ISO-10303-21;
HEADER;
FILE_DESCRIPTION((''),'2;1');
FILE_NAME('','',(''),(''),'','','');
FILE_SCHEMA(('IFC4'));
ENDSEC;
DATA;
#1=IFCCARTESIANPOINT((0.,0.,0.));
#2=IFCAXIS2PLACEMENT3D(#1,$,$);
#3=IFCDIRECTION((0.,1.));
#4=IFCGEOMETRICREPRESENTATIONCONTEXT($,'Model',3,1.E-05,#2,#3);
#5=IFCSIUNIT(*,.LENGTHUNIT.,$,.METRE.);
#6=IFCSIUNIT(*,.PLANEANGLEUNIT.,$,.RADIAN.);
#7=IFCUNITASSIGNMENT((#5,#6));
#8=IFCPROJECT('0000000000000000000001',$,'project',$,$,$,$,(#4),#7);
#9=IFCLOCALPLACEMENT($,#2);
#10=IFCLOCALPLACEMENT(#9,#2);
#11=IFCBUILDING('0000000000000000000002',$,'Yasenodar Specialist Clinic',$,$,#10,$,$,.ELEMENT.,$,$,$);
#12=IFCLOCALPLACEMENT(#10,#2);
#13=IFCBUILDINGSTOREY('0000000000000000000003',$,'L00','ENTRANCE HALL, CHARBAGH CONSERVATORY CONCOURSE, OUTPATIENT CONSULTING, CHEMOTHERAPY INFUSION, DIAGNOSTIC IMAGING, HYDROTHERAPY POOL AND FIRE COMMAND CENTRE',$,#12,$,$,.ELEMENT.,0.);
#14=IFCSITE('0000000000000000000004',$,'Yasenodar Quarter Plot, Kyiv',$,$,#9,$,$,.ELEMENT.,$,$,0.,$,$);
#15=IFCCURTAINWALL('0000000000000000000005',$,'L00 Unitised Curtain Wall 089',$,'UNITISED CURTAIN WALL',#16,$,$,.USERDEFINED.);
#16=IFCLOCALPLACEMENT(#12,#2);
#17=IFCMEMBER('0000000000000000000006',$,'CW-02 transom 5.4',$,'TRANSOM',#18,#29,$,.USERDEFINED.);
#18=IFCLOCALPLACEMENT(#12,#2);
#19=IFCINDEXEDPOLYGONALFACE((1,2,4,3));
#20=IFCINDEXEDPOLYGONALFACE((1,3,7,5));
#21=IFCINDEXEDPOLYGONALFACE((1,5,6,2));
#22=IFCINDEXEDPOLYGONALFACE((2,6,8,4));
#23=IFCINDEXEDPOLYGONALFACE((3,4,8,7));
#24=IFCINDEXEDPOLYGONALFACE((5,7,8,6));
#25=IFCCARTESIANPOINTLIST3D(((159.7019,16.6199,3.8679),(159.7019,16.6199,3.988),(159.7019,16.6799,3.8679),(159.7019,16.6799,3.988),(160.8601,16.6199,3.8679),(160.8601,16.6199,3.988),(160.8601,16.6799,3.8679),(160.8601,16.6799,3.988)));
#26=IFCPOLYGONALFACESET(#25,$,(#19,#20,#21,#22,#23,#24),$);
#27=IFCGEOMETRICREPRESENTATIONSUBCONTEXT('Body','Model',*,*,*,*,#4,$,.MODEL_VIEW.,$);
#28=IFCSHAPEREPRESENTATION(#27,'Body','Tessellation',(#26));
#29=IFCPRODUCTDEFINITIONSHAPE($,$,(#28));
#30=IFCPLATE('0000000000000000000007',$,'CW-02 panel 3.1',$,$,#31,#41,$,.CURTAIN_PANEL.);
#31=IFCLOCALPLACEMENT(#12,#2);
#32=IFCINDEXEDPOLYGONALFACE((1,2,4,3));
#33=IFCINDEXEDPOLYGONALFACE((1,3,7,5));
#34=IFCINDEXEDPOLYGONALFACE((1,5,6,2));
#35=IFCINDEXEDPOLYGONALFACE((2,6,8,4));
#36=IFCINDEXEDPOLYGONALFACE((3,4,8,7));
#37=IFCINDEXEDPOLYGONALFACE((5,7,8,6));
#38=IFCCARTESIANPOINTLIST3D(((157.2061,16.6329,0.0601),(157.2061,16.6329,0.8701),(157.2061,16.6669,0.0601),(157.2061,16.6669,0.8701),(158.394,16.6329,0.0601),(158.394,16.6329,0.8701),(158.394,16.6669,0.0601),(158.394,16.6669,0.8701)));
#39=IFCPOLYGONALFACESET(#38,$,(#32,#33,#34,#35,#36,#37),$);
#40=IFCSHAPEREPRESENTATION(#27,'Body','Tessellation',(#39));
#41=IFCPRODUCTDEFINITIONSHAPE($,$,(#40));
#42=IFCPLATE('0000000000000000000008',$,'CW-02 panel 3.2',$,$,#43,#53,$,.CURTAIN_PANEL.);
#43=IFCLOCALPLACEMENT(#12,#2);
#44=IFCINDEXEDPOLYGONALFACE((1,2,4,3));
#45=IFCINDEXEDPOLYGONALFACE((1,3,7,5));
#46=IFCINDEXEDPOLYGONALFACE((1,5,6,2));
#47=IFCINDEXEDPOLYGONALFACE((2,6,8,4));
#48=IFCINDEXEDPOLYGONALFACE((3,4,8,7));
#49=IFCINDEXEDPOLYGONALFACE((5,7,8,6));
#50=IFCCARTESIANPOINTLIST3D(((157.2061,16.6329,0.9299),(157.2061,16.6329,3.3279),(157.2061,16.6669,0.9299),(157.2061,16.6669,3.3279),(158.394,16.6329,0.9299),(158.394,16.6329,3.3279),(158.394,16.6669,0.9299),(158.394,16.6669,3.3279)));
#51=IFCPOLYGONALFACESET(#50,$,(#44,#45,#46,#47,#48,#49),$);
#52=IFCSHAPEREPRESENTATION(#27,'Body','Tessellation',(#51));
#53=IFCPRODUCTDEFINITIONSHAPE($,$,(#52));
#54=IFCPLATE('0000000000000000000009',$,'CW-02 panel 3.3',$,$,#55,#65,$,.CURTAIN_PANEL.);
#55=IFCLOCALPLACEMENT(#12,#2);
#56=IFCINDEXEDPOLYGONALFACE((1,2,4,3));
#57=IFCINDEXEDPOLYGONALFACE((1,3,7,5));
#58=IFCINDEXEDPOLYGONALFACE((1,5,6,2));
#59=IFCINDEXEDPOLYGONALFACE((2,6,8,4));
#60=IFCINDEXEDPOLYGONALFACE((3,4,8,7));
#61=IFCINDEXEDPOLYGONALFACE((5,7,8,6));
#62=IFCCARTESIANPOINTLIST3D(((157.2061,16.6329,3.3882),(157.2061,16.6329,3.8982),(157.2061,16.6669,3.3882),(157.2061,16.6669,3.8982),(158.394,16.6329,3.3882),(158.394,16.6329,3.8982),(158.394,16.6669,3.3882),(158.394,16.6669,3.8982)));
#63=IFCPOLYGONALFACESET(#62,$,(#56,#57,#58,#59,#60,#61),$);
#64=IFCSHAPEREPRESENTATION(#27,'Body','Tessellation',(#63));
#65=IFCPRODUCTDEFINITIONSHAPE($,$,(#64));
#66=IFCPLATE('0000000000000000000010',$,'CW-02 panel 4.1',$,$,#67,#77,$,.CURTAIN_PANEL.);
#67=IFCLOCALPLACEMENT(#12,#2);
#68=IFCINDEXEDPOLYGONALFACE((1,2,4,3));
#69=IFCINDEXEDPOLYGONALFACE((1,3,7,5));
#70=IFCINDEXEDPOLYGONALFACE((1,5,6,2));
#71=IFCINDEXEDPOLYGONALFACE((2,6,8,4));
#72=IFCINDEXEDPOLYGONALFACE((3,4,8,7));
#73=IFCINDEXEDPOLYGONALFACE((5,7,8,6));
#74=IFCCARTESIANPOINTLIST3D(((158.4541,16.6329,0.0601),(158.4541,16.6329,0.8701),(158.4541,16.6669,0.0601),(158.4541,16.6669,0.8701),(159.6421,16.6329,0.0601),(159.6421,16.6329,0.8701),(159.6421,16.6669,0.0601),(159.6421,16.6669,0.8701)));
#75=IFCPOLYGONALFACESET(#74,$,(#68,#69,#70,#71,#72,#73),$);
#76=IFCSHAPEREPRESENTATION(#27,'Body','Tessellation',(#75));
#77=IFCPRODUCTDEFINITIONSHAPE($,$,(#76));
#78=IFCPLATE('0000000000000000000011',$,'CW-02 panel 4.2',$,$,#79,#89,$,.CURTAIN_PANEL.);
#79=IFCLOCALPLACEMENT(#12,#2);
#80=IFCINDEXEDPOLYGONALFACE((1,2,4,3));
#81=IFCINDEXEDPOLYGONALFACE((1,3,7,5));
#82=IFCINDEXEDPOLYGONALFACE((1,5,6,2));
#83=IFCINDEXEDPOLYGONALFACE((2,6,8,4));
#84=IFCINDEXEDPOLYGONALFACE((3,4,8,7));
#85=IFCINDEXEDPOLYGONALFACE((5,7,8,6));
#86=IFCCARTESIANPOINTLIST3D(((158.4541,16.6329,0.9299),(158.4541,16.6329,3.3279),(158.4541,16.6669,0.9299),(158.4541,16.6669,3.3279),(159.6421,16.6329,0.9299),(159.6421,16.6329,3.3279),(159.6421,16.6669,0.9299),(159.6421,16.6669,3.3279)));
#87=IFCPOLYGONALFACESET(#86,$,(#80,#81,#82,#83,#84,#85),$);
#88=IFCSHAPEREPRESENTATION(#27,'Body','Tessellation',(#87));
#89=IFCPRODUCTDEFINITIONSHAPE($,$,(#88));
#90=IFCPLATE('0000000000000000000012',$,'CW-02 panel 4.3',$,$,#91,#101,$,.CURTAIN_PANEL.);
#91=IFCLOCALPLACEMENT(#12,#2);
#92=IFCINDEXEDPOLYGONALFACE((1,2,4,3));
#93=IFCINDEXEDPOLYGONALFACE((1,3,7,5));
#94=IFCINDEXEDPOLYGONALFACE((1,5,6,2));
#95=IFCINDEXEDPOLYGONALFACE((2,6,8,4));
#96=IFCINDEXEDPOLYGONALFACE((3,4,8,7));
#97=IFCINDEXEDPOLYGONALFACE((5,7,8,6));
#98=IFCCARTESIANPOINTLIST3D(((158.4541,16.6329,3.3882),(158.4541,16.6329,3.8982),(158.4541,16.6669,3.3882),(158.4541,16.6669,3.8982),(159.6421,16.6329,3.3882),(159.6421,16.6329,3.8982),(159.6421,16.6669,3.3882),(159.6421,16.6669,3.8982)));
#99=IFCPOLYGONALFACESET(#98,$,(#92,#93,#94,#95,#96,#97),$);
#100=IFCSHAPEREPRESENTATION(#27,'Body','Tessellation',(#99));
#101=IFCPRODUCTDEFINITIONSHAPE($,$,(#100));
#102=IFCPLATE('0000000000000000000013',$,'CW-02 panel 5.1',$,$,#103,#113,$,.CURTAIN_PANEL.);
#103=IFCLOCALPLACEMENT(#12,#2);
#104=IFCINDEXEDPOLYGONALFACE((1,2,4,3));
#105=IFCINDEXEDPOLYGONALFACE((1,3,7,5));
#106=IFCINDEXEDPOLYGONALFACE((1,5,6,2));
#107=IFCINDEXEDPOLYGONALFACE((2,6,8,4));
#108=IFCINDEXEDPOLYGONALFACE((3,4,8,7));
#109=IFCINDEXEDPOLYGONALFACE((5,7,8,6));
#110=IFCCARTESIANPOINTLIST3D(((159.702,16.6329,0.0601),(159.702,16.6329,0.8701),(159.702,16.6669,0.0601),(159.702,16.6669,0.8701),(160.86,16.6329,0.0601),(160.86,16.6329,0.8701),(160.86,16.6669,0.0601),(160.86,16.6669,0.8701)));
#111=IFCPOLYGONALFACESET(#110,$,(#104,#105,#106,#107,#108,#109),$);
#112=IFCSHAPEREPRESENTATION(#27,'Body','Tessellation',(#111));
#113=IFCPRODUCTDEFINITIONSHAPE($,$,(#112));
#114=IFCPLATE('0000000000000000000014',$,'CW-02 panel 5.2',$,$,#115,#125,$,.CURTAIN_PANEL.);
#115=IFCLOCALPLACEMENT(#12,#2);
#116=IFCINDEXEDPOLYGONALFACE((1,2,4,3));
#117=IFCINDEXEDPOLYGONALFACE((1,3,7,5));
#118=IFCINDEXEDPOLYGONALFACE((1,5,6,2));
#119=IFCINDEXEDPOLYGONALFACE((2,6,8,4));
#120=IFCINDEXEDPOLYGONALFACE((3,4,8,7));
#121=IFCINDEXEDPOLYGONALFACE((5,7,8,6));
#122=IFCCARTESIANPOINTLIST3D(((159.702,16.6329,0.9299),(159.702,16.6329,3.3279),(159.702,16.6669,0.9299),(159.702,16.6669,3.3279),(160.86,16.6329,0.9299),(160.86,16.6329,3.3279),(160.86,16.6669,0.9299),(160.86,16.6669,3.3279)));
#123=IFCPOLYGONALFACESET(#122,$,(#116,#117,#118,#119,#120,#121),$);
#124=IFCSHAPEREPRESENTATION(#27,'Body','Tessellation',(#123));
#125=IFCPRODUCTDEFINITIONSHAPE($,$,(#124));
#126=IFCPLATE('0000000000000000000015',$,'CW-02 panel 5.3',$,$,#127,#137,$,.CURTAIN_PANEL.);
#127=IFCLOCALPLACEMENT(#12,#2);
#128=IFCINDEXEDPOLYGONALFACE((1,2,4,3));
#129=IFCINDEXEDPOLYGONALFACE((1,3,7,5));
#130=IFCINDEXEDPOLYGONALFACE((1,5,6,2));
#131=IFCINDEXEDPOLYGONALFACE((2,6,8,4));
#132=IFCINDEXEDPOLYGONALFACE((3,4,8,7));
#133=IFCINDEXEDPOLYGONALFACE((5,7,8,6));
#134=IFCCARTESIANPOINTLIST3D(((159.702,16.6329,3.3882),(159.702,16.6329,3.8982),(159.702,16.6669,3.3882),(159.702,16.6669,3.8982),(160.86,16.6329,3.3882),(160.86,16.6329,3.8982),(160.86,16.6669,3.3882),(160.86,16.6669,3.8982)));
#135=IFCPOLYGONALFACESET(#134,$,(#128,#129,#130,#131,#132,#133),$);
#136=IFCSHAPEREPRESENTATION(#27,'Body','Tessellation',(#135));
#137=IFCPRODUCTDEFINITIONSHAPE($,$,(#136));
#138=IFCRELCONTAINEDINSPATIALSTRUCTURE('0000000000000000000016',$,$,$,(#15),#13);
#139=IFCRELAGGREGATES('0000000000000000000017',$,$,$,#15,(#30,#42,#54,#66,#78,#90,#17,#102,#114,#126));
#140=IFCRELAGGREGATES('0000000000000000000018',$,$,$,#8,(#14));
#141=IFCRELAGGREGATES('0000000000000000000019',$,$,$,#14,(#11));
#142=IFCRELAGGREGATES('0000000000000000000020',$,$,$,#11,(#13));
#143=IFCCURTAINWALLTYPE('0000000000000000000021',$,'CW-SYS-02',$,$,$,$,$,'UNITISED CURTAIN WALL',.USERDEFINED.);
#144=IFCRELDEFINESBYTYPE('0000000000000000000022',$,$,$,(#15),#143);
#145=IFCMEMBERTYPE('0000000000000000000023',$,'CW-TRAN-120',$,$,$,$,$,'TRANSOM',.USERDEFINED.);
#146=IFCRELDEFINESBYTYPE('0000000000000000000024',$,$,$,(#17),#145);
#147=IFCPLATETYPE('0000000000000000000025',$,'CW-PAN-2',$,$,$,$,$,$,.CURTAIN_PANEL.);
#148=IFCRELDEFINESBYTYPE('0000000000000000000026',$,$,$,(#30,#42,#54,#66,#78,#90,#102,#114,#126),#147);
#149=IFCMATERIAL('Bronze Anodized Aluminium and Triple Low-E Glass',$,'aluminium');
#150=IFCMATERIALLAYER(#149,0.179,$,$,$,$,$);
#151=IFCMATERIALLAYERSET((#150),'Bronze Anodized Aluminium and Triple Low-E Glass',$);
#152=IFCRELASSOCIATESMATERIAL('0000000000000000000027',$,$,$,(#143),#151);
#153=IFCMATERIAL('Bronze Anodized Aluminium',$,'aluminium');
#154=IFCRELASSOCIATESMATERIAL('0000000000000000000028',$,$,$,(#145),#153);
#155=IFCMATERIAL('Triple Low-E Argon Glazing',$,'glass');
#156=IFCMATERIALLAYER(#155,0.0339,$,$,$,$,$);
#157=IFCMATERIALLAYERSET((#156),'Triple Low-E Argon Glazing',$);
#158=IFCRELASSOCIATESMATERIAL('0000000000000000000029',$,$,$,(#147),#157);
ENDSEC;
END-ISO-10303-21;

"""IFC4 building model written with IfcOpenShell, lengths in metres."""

from ifc_helpers import new_model, si_unit, direction, frame, origin, origin_2d, place, context, subcontext, project, spatial, rectangle, extrude, material, layer, layer_set, material_profile, profile_set, type_object, element, aggregate, save


model = new_model("IFC4")

# Units and contexts
model_context = context("Model", 3, precision=1e-05, world=origin(), true_north=direction((0.0, 1.0)))
body_context = subcontext(model_context, "Body", "Model", "MODEL_VIEW")
ifc_project = project(units=[si_unit("LENGTHUNIT", "METRE"), si_unit("PLANEANGLEUNIT", "RADIAN")], contexts=[model_context])

# Site, building, storey
site_placement = place(None, origin())
site = spatial("IfcSite", under=ifc_project, at=site_placement, Name="Yasenodar Quarter Plot, Kyiv", CompositionType="ELEMENT", RefElevation=0.0)
building_placement = place(site_placement, origin())
building = spatial("IfcBuilding", under=site, at=building_placement, Name="Yasenodar Specialist Clinic", CompositionType="ELEMENT")
storey_placement = place(building_placement, origin())
storey = spatial("IfcBuildingStorey", under=building, at=storey_placement, Name="L00", Description="ENTRANCE HALL, CHARBAGH CONSERVATORY CONCOURSE, OUTPATIENT CONSULTING, CHEMOTHERAPY INFUSION, DIAGNOSTIC IMAGING, HYDROTHERAPY POOL AND FIRE COMMAND CENTRE", CompositionType="ELEMENT", Elevation=0.0)

# Curtain wall, member, plates
ifc_material_1 = material(Name="Bronze Anodized Aluminium and Triple Low-E Glass", Category="aluminium")
ifc_layer_1 = layer(ifc_material_1, 0.179)
ifc_layer_set_1 = layer_set([ifc_layer_1], Name="Bronze Anodized Aluminium and Triple Low-E Glass")
curtain_wall_type = type_object("IfcCurtainWallType", Name="CW-SYS-02", ElementType="UNITISED CURTAIN WALL", PredefinedType="USERDEFINED", material=ifc_layer_set_1)
curtain_wall_placement = place(storey_placement, origin())
curtain_wall = element("IfcCurtainWall", 1, at=curtain_wall_placement, inside=storey, type_object=curtain_wall_type, Name="L00 Unitised Curtain Wall 089", ObjectType="UNITISED CURTAIN WALL", PredefinedType="USERDEFINED")
ifc_material_2 = material(Name="Bronze Anodized Aluminium", Category="aluminium")
ifc_material_profile_1 = material_profile(ifc_material_2, rectangle(XDim=0.0601, YDim=0.1201, at=origin_2d()), Name="CW-TRAN 60x120")
ifc_profile_set_1 = profile_set([ifc_material_profile_1], Name="Bronze Anodized Aluminium")
member_type_1 = type_object("IfcMemberType", Name="CW-TRAN-120", ElementType="TRANSOM", PredefinedType="USERDEFINED", material=ifc_profile_set_1)
member_1_placement = place(storey_placement, frame((159.7019, 16.6499, 3.928), z_axis=(1.0, 0.0, 0.0), x_axis=(0.0, 1.0, 0.0)))
member_1 = element("IfcMember", 2, at=member_1_placement, type_object=member_type_1, Name="CW-02 transom 5.4", ObjectType="TRANSOM", PredefinedType="USERDEFINED", context=body_context, shape_type="SweptSolid", body=[
    extrude(rectangle(XDim=0.0601, YDim=0.1201, at=origin_2d()), origin(), (0.0, 0.0, 1.0), 1.1582),
])
ifc_material_3 = material(Name="Triple Low-E Argon Glazing", Category="glass")
ifc_layer_2 = layer(ifc_material_3, 0.0339)
ifc_layer_set_2 = layer_set([ifc_layer_2], Name="Triple Low-E Argon Glazing")
plate_type = type_object("IfcPlateType", Name="CW-PAN-2", PredefinedType="CURTAIN_PANEL", material=ifc_layer_set_2)
plate_1_placement = place(storey_placement, frame((157.8, 16.6499, 0.0601), z_axis=(0.0, 0.0, 1.0), x_axis=(1.0, 0.0, 0.0)))
plate_1 = element("IfcPlate", 3, at=plate_1_placement, type_object=plate_type, Name="CW-02 panel 3.1", PredefinedType="CURTAIN_PANEL", context=body_context, shape_type="SweptSolid", body=[
    extrude(rectangle(XDim=1.188, YDim=0.0339, at=origin_2d()), origin(), (0.0, 0.0, 1.0), 0.8101),
])
plate_2_placement = place(storey_placement, frame((157.8, 16.6499, 0.9299), z_axis=(0.0, 0.0, 1.0), x_axis=(1.0, 0.0, 0.0)))
plate_2 = element("IfcPlate", 4, at=plate_2_placement, type_object=plate_type, Name="CW-02 panel 3.2", PredefinedType="CURTAIN_PANEL", context=body_context, shape_type="SweptSolid", body=[
    extrude(rectangle(XDim=1.188, YDim=0.0339, at=origin_2d()), origin(), (0.0, 0.0, 1.0), 2.3979),
])
plate_3_placement = place(storey_placement, frame((157.8, 16.6499, 3.3882), z_axis=(0.0, 0.0, 1.0), x_axis=(1.0, 0.0, 0.0)))
plate_3 = element("IfcPlate", 5, at=plate_3_placement, type_object=plate_type, Name="CW-02 panel 3.3", PredefinedType="CURTAIN_PANEL", context=body_context, shape_type="SweptSolid", body=[
    extrude(rectangle(XDim=1.188, YDim=0.0339, at=origin_2d()), origin(), (0.0, 0.0, 1.0), 0.51),
])
plate_4_placement = place(storey_placement, frame((159.0481, 16.6499, 0.0601), z_axis=(0.0, 0.0, 1.0), x_axis=(1.0, 0.0, 0.0)))
plate_4 = element("IfcPlate", 6, at=plate_4_placement, type_object=plate_type, Name="CW-02 panel 4.1", PredefinedType="CURTAIN_PANEL", context=body_context, shape_type="SweptSolid", body=[
    extrude(rectangle(XDim=1.188, YDim=0.0339, at=origin_2d()), origin(), (0.0, 0.0, 1.0), 0.8101),
])
plate_5_placement = place(storey_placement, frame((159.0481, 16.6499, 0.9299), z_axis=(0.0, 0.0, 1.0), x_axis=(1.0, 0.0, 0.0)))
plate_5 = element("IfcPlate", 7, at=plate_5_placement, type_object=plate_type, Name="CW-02 panel 4.2", PredefinedType="CURTAIN_PANEL", context=body_context, shape_type="SweptSolid", body=[
    extrude(rectangle(XDim=1.188, YDim=0.0339, at=origin_2d()), origin(), (0.0, 0.0, 1.0), 2.3979),
])
plate_6_placement = place(storey_placement, frame((159.0481, 16.6499, 3.3882), z_axis=(0.0, 0.0, 1.0), x_axis=(1.0, 0.0, 0.0)))
plate_6 = element("IfcPlate", 8, at=plate_6_placement, type_object=plate_type, Name="CW-02 panel 4.3", PredefinedType="CURTAIN_PANEL", context=body_context, shape_type="SweptSolid", body=[
    extrude(rectangle(XDim=1.188, YDim=0.0339, at=origin_2d()), origin(), (0.0, 0.0, 1.0), 0.51),
])
plate_7_placement = place(storey_placement, frame((160.281, 16.6499, 0.0601), z_axis=(0.0, 0.0, 1.0), x_axis=(1.0, 0.0, 0.0)))
plate_7 = element("IfcPlate", 9, at=plate_7_placement, type_object=plate_type, Name="CW-02 panel 5.1", PredefinedType="CURTAIN_PANEL", context=body_context, shape_type="SweptSolid", body=[
    extrude(rectangle(XDim=1.158, YDim=0.0339, at=origin_2d()), origin(), (0.0, 0.0, 1.0), 0.8101),
])
plate_8_placement = place(storey_placement, frame((160.281, 16.6499, 0.9299), z_axis=(0.0, 0.0, 1.0), x_axis=(1.0, 0.0, 0.0)))
plate_8 = element("IfcPlate", 10, at=plate_8_placement, type_object=plate_type, Name="CW-02 panel 5.2", PredefinedType="CURTAIN_PANEL", context=body_context, shape_type="SweptSolid", body=[
    extrude(rectangle(XDim=1.158, YDim=0.0339, at=origin_2d()), origin(), (0.0, 0.0, 1.0), 2.3979),
])
plate_9_placement = place(storey_placement, frame((160.281, 16.6499, 3.3882), z_axis=(0.0, 0.0, 1.0), x_axis=(1.0, 0.0, 0.0)))
plate_9 = element("IfcPlate", 11, at=plate_9_placement, type_object=plate_type, Name="CW-02 panel 5.3", PredefinedType="CURTAIN_PANEL", context=body_context, shape_type="SweptSolid", body=[
    extrude(rectangle(XDim=1.158, YDim=0.0339, at=origin_2d()), origin(), (0.0, 0.0, 1.0), 0.51),
])
aggregate(curtain_wall, [plate_1, plate_2, plate_3, plate_4, plate_5, plate_6, member_1, plate_7, plate_8, plate_9])

save(model, "model.ifc")
